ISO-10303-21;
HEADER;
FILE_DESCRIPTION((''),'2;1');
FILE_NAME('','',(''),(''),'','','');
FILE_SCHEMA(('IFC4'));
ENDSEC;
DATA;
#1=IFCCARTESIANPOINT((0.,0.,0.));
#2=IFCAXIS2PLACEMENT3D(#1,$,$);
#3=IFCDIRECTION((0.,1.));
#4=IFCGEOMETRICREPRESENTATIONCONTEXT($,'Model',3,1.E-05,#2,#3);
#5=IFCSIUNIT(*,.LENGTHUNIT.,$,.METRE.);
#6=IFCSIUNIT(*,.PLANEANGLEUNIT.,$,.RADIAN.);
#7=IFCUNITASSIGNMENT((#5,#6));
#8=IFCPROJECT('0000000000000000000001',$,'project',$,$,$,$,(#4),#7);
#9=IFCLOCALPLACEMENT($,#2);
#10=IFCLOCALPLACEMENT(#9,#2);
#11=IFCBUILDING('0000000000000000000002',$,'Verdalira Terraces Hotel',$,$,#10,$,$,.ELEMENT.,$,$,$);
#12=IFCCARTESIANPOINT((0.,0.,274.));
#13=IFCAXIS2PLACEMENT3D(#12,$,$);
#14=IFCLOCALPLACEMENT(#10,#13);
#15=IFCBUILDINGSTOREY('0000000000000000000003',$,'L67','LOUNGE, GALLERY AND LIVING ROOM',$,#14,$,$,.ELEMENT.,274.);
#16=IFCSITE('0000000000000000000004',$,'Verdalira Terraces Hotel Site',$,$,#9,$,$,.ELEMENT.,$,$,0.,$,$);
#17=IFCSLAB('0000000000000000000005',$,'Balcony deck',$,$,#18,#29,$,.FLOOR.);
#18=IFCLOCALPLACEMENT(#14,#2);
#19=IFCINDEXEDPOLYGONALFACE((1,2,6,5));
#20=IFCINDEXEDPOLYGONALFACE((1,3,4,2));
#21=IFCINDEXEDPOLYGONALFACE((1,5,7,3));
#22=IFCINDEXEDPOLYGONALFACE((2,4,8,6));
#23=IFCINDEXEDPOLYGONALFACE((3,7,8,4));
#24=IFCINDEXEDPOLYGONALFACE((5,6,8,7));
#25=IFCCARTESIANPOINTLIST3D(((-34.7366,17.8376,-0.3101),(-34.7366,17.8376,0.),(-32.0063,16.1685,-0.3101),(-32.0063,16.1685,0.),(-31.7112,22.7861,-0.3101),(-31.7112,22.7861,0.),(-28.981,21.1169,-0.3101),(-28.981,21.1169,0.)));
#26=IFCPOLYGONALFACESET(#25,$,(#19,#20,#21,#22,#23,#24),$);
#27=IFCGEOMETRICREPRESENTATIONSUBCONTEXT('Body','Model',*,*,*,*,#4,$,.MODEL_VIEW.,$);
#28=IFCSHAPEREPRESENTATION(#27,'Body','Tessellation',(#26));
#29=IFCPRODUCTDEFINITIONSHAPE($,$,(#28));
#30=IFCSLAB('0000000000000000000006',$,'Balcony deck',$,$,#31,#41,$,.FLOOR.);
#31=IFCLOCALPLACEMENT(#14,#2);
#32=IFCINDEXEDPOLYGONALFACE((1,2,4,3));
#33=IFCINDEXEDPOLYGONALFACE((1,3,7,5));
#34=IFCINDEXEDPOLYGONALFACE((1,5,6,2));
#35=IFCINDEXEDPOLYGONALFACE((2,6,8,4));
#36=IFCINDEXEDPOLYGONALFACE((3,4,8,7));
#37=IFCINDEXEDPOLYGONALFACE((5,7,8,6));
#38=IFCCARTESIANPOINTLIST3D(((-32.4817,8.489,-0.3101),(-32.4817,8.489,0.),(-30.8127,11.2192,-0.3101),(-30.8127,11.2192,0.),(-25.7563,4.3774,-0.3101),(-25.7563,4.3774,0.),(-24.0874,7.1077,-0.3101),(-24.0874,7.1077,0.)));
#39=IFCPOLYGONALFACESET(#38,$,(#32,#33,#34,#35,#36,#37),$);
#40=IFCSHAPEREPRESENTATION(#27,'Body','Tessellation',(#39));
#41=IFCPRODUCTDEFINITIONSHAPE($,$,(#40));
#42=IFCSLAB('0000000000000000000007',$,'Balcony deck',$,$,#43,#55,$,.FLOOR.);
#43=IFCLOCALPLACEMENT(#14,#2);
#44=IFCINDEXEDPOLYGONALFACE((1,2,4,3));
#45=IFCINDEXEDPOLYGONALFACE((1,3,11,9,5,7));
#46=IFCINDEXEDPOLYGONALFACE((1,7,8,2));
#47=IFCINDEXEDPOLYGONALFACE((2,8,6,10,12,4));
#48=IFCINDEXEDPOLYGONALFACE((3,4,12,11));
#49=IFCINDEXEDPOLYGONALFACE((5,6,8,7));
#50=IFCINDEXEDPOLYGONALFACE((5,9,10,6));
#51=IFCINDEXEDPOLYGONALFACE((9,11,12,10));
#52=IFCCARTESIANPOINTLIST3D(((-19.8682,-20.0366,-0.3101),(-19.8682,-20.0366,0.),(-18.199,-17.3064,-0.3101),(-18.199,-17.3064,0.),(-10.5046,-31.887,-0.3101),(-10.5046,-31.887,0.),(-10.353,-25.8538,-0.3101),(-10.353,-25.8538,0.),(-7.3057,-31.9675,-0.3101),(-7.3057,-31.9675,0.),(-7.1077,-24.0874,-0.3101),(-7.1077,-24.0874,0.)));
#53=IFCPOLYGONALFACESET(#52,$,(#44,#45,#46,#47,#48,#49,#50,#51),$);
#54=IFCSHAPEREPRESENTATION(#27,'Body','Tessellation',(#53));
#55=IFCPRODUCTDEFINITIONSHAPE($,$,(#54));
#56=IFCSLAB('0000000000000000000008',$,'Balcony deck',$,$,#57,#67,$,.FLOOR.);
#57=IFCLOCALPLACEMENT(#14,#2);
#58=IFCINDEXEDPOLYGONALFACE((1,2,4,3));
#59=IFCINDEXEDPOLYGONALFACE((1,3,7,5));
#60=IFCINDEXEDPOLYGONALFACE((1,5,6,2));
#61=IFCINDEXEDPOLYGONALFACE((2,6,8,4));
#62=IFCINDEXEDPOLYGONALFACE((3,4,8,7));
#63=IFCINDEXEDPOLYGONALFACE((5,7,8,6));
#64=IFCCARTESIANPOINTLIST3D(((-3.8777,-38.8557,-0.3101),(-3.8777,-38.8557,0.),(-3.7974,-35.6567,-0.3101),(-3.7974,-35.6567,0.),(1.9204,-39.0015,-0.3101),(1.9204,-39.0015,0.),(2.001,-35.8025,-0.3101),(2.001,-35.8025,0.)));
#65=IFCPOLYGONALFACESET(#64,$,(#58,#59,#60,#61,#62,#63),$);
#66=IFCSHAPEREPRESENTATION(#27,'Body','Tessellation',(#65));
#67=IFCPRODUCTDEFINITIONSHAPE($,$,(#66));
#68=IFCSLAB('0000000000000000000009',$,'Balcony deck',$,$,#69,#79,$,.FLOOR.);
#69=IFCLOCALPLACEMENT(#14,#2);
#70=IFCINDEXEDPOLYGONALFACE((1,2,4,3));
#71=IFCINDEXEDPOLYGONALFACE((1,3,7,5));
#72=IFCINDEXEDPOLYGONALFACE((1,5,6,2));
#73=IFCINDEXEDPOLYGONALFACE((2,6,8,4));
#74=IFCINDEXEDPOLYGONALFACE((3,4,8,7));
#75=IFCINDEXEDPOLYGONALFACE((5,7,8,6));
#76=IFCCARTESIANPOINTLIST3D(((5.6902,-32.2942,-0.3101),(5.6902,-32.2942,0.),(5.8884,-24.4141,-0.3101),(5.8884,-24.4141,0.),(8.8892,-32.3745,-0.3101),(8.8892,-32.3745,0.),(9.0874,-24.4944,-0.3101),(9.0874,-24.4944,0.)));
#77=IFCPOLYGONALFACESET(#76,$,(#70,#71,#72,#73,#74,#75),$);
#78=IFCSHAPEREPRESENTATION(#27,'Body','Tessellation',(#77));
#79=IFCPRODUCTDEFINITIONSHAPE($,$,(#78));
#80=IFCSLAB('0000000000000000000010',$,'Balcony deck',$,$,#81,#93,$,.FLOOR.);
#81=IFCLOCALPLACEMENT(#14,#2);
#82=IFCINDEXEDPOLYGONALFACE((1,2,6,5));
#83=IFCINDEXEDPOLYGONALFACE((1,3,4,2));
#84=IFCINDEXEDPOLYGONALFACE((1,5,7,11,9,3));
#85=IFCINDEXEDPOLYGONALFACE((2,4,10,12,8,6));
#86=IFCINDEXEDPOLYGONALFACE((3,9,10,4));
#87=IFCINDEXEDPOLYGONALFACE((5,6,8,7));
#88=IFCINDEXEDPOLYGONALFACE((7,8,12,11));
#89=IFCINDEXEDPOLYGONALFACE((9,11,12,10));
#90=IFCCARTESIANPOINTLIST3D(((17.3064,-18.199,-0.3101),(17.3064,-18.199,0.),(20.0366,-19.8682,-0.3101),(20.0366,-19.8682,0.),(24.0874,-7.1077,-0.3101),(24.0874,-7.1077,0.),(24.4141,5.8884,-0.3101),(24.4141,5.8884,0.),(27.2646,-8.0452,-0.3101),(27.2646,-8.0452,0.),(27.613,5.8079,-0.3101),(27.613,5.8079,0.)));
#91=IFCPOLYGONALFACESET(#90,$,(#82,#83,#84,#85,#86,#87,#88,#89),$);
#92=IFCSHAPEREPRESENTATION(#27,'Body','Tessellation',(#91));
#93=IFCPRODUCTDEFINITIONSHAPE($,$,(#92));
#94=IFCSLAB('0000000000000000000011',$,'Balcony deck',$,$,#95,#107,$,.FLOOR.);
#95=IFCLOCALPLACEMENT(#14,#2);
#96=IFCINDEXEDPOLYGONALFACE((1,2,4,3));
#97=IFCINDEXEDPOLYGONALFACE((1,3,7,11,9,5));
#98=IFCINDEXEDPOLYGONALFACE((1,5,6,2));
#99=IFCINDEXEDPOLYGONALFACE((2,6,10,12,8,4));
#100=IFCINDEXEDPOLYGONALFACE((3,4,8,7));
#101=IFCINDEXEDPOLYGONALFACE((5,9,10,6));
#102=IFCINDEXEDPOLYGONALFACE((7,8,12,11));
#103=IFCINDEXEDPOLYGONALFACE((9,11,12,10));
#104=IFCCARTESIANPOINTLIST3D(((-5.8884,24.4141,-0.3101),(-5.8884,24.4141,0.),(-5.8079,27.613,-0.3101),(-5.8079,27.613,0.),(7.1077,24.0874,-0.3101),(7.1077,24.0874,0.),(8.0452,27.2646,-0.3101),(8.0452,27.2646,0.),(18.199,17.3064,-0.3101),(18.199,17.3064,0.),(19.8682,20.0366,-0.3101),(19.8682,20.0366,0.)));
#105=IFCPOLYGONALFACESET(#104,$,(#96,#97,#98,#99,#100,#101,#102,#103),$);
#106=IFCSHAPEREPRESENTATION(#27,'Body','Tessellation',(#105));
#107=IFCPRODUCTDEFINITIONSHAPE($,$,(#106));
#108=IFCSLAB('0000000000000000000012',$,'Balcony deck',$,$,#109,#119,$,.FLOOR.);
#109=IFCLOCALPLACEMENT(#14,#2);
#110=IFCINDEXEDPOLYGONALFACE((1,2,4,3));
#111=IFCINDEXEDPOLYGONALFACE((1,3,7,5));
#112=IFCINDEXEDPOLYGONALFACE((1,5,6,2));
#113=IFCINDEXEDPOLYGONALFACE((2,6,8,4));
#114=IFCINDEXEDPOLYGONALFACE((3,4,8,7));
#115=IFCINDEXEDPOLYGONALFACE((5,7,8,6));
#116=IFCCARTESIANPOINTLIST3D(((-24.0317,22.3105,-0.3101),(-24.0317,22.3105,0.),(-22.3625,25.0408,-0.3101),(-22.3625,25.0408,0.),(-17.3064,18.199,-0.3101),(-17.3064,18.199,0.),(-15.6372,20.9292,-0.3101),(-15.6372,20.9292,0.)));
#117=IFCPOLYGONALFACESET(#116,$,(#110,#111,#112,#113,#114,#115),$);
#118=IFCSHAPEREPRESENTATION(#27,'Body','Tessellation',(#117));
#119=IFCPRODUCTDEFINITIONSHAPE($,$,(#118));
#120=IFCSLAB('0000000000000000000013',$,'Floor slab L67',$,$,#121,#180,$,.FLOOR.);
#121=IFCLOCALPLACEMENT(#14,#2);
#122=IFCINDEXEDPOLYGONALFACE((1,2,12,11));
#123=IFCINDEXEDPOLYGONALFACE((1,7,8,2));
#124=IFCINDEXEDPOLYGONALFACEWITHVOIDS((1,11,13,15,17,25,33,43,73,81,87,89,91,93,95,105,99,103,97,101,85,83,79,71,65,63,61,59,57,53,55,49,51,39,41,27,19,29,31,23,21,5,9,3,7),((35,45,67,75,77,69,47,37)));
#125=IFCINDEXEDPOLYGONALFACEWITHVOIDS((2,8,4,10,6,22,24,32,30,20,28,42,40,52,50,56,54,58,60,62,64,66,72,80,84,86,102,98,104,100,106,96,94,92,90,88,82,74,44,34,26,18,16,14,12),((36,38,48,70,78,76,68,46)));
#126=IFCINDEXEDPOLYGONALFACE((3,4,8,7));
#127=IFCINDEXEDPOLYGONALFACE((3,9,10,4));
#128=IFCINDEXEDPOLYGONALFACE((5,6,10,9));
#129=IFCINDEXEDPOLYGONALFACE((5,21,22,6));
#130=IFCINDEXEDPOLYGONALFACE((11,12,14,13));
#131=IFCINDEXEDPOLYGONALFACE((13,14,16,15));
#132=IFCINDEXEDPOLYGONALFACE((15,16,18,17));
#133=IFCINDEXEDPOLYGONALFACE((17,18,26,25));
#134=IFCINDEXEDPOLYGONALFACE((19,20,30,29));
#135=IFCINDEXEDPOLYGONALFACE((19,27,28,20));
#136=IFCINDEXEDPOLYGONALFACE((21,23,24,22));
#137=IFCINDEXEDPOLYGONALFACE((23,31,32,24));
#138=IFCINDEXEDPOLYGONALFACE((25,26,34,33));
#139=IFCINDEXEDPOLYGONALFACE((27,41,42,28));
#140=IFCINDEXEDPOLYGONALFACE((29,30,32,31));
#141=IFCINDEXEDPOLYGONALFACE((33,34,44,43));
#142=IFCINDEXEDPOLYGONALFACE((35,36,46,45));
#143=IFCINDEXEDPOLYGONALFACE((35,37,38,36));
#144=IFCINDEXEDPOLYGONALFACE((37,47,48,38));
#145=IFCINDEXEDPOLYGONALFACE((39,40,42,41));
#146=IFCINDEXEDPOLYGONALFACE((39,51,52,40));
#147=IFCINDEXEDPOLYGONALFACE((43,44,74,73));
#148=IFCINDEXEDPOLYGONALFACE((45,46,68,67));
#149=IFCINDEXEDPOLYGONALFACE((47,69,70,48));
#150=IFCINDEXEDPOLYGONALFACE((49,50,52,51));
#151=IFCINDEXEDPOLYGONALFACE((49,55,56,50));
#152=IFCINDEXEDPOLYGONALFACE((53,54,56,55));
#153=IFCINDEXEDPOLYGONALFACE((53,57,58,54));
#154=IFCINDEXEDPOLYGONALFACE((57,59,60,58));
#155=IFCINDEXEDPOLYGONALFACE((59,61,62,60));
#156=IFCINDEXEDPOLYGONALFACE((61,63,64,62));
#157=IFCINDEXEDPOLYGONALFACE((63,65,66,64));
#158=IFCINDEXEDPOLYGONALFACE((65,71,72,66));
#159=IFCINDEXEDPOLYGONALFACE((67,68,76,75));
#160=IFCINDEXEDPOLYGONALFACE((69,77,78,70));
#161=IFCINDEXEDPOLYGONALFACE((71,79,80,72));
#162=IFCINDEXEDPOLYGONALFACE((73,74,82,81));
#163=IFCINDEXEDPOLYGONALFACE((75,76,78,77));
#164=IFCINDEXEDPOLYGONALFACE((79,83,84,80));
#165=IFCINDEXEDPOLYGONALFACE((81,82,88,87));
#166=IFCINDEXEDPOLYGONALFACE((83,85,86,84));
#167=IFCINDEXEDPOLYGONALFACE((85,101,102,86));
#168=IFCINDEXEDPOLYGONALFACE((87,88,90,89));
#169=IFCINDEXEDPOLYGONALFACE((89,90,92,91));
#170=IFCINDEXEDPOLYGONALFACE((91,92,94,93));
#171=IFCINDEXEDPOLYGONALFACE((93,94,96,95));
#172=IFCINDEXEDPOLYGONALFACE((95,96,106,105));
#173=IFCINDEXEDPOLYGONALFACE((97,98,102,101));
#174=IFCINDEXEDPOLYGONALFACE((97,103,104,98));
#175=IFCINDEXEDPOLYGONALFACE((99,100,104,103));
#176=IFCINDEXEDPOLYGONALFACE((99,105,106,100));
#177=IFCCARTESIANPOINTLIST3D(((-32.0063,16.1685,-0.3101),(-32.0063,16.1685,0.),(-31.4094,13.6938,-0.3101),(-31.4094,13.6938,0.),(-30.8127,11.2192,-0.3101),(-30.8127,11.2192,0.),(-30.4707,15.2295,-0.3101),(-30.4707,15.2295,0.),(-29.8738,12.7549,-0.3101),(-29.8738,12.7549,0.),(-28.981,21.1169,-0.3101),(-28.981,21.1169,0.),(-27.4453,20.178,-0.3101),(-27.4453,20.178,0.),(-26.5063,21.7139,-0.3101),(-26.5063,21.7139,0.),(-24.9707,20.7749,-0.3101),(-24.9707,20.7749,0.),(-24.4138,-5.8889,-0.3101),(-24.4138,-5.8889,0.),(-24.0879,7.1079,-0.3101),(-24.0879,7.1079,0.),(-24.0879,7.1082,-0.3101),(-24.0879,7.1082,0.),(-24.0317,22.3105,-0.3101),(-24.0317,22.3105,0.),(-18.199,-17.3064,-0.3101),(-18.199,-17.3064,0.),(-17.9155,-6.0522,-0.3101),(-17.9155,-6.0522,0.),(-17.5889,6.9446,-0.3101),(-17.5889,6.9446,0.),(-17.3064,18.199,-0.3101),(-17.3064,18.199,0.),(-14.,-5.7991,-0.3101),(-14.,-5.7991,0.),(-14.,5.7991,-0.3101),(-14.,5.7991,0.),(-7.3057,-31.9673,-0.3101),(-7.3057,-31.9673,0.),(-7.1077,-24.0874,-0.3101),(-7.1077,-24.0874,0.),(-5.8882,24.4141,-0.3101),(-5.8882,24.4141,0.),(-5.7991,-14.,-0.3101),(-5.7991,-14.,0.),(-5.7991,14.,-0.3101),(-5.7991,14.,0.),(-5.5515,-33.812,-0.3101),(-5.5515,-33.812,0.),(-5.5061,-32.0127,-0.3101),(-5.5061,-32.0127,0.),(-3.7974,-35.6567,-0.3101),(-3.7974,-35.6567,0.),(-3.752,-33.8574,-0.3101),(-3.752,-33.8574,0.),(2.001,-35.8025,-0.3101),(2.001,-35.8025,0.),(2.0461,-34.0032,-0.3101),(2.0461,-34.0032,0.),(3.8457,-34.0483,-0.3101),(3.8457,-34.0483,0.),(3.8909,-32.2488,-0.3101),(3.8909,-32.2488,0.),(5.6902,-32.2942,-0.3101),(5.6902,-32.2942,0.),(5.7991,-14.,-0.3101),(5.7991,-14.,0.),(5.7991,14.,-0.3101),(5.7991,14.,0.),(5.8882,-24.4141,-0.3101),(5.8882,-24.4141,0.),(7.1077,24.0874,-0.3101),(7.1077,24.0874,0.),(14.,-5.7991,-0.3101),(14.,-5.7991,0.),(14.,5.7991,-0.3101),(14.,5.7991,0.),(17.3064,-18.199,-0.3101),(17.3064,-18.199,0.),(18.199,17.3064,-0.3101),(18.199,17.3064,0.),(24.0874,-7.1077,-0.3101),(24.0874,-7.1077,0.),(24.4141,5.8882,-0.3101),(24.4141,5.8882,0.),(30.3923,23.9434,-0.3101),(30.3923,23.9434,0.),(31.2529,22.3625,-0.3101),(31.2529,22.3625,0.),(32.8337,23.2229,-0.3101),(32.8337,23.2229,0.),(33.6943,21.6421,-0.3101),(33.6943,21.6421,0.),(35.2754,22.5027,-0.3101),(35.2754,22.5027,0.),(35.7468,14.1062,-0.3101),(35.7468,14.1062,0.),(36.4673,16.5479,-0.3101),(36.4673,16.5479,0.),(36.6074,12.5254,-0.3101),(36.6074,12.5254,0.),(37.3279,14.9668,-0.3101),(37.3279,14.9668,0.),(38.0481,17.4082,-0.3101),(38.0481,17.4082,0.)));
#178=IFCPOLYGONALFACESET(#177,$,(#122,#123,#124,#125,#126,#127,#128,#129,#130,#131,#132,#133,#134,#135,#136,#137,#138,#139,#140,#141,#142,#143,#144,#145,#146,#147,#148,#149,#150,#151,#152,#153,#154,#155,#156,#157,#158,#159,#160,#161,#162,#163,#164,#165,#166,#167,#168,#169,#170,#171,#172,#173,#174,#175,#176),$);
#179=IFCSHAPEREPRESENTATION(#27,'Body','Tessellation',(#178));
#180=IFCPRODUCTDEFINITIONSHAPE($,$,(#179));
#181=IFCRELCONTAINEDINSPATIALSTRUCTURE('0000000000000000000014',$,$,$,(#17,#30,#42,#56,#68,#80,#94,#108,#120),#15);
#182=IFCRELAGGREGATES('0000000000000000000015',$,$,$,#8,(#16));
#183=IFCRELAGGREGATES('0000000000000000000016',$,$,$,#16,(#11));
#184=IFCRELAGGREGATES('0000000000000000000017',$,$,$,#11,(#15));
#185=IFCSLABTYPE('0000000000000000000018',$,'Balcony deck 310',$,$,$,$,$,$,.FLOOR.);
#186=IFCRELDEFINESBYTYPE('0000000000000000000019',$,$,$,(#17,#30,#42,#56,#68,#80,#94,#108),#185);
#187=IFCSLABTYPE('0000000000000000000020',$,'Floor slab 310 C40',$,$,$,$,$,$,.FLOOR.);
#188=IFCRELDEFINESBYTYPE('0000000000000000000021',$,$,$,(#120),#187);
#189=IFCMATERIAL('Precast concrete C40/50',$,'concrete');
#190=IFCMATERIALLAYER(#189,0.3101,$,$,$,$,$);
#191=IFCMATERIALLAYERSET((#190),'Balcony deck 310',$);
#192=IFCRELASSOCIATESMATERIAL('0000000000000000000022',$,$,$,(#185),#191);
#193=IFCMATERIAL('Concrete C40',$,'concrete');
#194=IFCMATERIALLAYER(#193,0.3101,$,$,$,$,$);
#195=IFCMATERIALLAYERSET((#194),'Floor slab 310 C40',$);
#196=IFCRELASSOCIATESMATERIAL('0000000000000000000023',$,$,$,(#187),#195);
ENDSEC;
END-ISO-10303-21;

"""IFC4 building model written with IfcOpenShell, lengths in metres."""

from ifc_helpers import new_model, si_unit, direction, frame, origin, place, context, subcontext, project, spatial, polyline, outline, extrude, material, layer, layer_set, type_object, element, save


model = new_model("IFC4")

# Units and contexts
model_context = context("Model", 3, precision=1e-05, world=origin(), true_north=direction((0.0, 1.0)))
body_context = subcontext(model_context, "Body", "Model", "MODEL_VIEW")
ifc_project = project(units=[si_unit("LENGTHUNIT", "METRE"), si_unit("PLANEANGLEUNIT", "RADIAN")], contexts=[model_context])

# Site, building, storey
site_placement = place(None, origin())
site = spatial("IfcSite", under=ifc_project, at=site_placement, Name="Verdalira Terraces Hotel Site", CompositionType="ELEMENT", RefElevation=0.0)
building_placement = place(site_placement, origin())
building = spatial("IfcBuilding", under=site, at=building_placement, Name="Verdalira Terraces Hotel", CompositionType="ELEMENT")
storey_placement = place(building_placement, frame((0.0, 0.0, 274.0)))
storey = spatial("IfcBuildingStorey", under=building, at=storey_placement, Name="L67", Description="LOUNGE, GALLERY AND LIVING ROOM", CompositionType="ELEMENT", Elevation=274.0)

# Slabs
ifc_material_1 = material(Name="Precast concrete C40/50", Category="concrete")
ifc_layer_1 = layer(ifc_material_1, 0.3101)
ifc_layer_set_1 = layer_set([ifc_layer_1], Name="Balcony deck 310")
slab_type_1 = type_object("IfcSlabType", Name="Balcony deck 310", PredefinedType="FLOOR", material=ifc_layer_set_1)
slab_1_placement = place(storey_placement, frame((0.0, 0.0, -0.3101)))
element("IfcSlab", 1, at=slab_1_placement, inside=storey, type_object=slab_type_1, Name="Balcony deck", PredefinedType="FLOOR", context=body_context, shape_type="SweptSolid", body=[
    extrude(outline(polyline([(-34.7366, 17.8376), (-32.0063, 16.1685), (-28.981, 21.1169), (-31.7112, 22.7861), (-34.7366, 17.8376)])), origin(), (0.0, 0.0, 1.0), 0.3101),
])
slab_2_placement = place(storey_placement, frame((0.0, 0.0, -0.3101)))
element("IfcSlab", 2, at=slab_2_placement, inside=storey, type_object=slab_type_1, Name="Balcony deck", PredefinedType="FLOOR", context=body_context, shape_type="SweptSolid", body=[
    extrude(outline(polyline([(-25.7563, 4.3774), (-24.0874, 7.1077), (-30.8127, 11.2192), (-32.4817, 8.489), (-25.7563, 4.3774)])), origin(), (0.0, 0.0, 1.0), 0.3101),
])
slab_3_placement = place(storey_placement, frame((0.0, 0.0, -0.3101)))
element("IfcSlab", 3, at=slab_3_placement, inside=storey, type_object=slab_type_1, Name="Balcony deck", PredefinedType="FLOOR", context=body_context, shape_type="SweptSolid", body=[
    extrude(outline(polyline([(-10.353, -25.8538), (-10.5046, -31.887), (-7.3057, -31.9675), (-7.1077, -24.0874), (-18.199, -17.3064), (-19.8682, -20.0366), (-10.353, -25.8538)])), origin(), (0.0, 0.0, 1.0), 0.3101),
])
slab_4_placement = place(storey_placement, frame((0.0, 0.0, -0.3101)))
element("IfcSlab", 4, at=slab_4_placement, inside=storey, type_object=slab_type_1, Name="Balcony deck", PredefinedType="FLOOR", context=body_context, shape_type="SweptSolid", body=[
    extrude(outline(polyline([(1.9204, -39.0015), (2.001, -35.8025), (-3.7974, -35.6567), (-3.8777, -38.8557), (1.9204, -39.0015)])), origin(), (0.0, 0.0, 1.0), 0.3101),
])
slab_5_placement = place(storey_placement, frame((0.0, 0.0, -0.3101)))
element("IfcSlab", 5, at=slab_5_placement, inside=storey, type_object=slab_type_1, Name="Balcony deck", PredefinedType="FLOOR", context=body_context, shape_type="SweptSolid", body=[
    extrude(outline(polyline([(9.0874, -24.4944), (5.8884, -24.4141), (5.6902, -32.2942), (8.8892, -32.3745), (9.0874, -24.4944)])), origin(), (0.0, 0.0, 1.0), 0.3101),
])
slab_6_placement = place(storey_placement, frame((0.0, 0.0, -0.3101)))
element("IfcSlab", 6, at=slab_6_placement, inside=storey, type_object=slab_type_1, Name="Balcony deck", PredefinedType="FLOOR", context=body_context, shape_type="SweptSolid", body=[
    extrude(outline(polyline([(27.613, 5.8079), (24.4141, 5.8884), (24.0874, -7.1077), (17.3064, -18.199), (20.0366, -19.8682), (27.2646, -8.0452), (27.613, 5.8079)])), origin(), (0.0, 0.0, 1.0), 0.3101),
])
slab_7_placement = place(storey_placement, frame((0.0, 0.0, -0.3101)))
element("IfcSlab", 7, at=slab_7_placement, inside=storey, type_object=slab_type_1, Name="Balcony deck", PredefinedType="FLOOR", context=body_context, shape_type="SweptSolid", body=[
    extrude(outline(polyline([(-5.8079, 27.613), (-5.8884, 24.4141), (7.1077, 24.0874), (18.199, 17.3064), (19.8682, 20.0366), (8.0452, 27.2646), (-5.8079, 27.613)])), origin(), (0.0, 0.0, 1.0), 0.3101),
])
slab_8_placement = place(storey_placement, frame((0.0, 0.0, -0.3101)))
element("IfcSlab", 8, at=slab_8_placement, inside=storey, type_object=slab_type_1, Name="Balcony deck", PredefinedType="FLOOR", context=body_context, shape_type="SweptSolid", body=[
    extrude(outline(polyline([(-22.3625, 25.0408), (-24.0317, 22.3105), (-17.3064, 18.199), (-15.6372, 20.9292), (-22.3625, 25.0408)])), origin(), (0.0, 0.0, 1.0), 0.3101),
])
ifc_material_2 = material(Name="Concrete C40", Category="concrete")
ifc_layer_2 = layer(ifc_material_2, 0.3101)
ifc_layer_set_2 = layer_set([ifc_layer_2], Name="Floor slab 310 C40")
slab_type_2 = type_object("IfcSlabType", Name="Floor slab 310 C40", PredefinedType="FLOOR", material=ifc_layer_set_2)
slab_9_placement = place(storey_placement, frame((0.0, 0.0, -0.3101)))
element("IfcSlab", 9, at=slab_9_placement, inside=storey, type_object=slab_type_2, Name="Floor slab L67", PredefinedType="FLOOR", context=body_context, shape_type="SweptSolid", body=[
    extrude(outline(polyline([(-29.8738, 12.7549), (-30.8127, 11.2192), (-24.0879, 7.1079), (-24.0879, 7.1082), (-17.5889, 6.9446), (-17.9155, -6.0522), (-24.4138, -5.8889), (-18.199, -17.3064), (-7.1077, -24.0874), (-7.3057, -31.9673), (-5.5061, -32.0127), (-5.5515, -33.812), (-3.752, -33.8574), (-3.7974, -35.6567), (2.001, -35.8025), (2.0461, -34.0032), (3.8457, -34.0483), (3.8909, -32.2488), (5.6902, -32.2942), (5.8882, -24.4141), (17.3064, -18.199), (24.0874, -7.1077), (24.4141, 5.8882), (36.6074, 12.5254), (35.7468, 14.1062), (37.3279, 14.9668), (36.4673, 16.5479), (38.0481, 17.4082), (35.2754, 22.5027), (33.6943, 21.6421), (32.8337, 23.2229), (31.2529, 22.3625), (30.3923, 23.9434), (18.199, 17.3064), (7.1077, 24.0874), (-5.8882, 24.4141), (-17.3064, 18.199), (-24.0317, 22.3105), (-24.9707, 20.7749), (-26.5063, 21.7139), (-27.4453, 20.178), (-28.981, 21.1169), (-32.0063, 16.1685), (-30.4707, 15.2295), (-31.4094, 13.6938), (-29.8738, 12.7549)]), holes=[polyline([(5.7991, 14.0), (14.0, 5.7991), (14.0, -5.7991), (5.7991, -14.0), (-5.7991, -14.0), (-14.0, -5.7991), (-14.0, 5.7991), (-5.7991, 14.0), (5.7991, 14.0)])]), origin(), (0.0, 0.0, 1.0), 0.3101),
])

save(model, "model.ifc")
